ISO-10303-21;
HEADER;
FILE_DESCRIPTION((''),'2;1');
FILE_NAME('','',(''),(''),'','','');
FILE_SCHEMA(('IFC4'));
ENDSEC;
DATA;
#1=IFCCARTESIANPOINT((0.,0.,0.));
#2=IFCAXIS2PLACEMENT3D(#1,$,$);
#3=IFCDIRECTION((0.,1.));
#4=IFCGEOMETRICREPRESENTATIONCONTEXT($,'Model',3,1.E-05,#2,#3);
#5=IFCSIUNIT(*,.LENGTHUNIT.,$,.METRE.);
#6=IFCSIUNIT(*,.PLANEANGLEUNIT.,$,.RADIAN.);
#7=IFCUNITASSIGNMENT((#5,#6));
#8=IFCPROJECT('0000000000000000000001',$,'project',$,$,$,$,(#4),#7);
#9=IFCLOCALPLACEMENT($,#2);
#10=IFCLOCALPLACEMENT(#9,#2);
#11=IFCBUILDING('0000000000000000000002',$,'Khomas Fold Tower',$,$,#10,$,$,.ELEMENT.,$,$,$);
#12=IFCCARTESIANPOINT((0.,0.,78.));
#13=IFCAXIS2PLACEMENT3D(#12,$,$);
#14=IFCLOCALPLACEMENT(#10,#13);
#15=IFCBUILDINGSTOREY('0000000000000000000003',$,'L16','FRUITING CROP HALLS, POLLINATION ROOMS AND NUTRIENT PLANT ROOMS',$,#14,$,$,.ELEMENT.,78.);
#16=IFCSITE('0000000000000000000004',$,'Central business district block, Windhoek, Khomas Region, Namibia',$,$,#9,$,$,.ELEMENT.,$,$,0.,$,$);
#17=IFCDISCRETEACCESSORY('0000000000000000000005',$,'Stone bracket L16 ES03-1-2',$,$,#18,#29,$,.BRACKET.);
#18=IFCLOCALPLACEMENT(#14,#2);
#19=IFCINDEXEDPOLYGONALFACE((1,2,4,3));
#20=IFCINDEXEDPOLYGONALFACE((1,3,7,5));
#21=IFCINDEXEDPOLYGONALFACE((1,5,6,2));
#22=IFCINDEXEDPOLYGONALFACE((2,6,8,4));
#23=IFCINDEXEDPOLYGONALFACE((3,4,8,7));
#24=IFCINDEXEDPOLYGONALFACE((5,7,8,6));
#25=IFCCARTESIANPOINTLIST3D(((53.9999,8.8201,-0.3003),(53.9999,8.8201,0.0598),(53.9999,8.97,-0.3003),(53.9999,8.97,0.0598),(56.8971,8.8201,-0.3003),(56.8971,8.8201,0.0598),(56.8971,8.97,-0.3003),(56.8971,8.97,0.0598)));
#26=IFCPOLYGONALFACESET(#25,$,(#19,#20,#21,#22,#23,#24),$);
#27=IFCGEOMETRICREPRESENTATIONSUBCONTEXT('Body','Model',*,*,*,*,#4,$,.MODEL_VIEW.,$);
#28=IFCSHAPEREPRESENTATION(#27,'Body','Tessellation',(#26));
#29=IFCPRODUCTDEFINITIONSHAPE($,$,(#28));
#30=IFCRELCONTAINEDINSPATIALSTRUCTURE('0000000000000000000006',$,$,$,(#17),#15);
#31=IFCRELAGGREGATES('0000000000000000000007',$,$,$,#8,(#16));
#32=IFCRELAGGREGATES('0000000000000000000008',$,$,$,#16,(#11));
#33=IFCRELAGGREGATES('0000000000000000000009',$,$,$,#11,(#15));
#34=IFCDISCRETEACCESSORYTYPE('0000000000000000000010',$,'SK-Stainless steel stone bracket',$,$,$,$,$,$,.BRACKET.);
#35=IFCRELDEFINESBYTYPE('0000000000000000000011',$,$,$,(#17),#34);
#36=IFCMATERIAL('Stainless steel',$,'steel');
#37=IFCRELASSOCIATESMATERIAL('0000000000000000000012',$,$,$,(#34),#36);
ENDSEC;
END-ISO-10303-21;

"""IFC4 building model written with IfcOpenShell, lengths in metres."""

from ifc_helpers import new_model, si_unit, direction, frame, origin, origin_2d, place, context, subcontext, project, spatial, rectangle, extrude, source, transform, mapped, material, type_object, element, save


model = new_model("IFC4")

# Units and contexts
model_context = context("Model", 3, precision=1e-05, world=origin(), true_north=direction((0.0, 1.0)))
body_context = subcontext(model_context, "Body", "Model", "MODEL_VIEW")
ifc_project = project(units=[si_unit("LENGTHUNIT", "METRE"), si_unit("PLANEANGLEUNIT", "RADIAN")], contexts=[model_context])

# Site, building, storey
site_placement = place(None, origin())
site = spatial("IfcSite", under=ifc_project, at=site_placement, Name="Central business district block, Windhoek, Khomas Region, Namibia", CompositionType="ELEMENT", RefElevation=0.0)
building_placement = place(site_placement, origin())
building = spatial("IfcBuilding", under=site, at=building_placement, Name="Khomas Fold Tower", CompositionType="ELEMENT")
storey_placement = place(building_placement, frame((0.0, 0.0, 78.0)))
storey = spatial("IfcBuildingStorey", under=building, at=storey_placement, Name="L16", Description="FRUITING CROP HALLS, POLLINATION ROOMS AND NUTRIENT PLANT ROOMS", CompositionType="ELEMENT", Elevation=78.0)

# Discrete accessory
ifc_material_1 = material(Name="Stainless steel", Category="steel")
discrete_accessory_type = type_object("IfcDiscreteAccessoryType", Name="SK-Stainless steel stone bracket", PredefinedType="BRACKET", material=ifc_material_1)
shared_shape_1 = source(origin(), body_context, "Body", "SweptSolid", [
    extrude(rectangle(XDim=2.8972, YDim=0.1499, at=origin_2d()), origin(), (0.0, 0.0, 1.0), 0.3601),
])
discrete_accessory_placement = place(storey_placement, frame((55.4485, 8.895, -0.3003), z_axis=(0.0, 0.0, 1.0), x_axis=(1.0, 0.0, 0.0)))
element("IfcDiscreteAccessory", 1, at=discrete_accessory_placement, inside=storey, type_object=discrete_accessory_type, Name="Stone bracket L16 ES03-1-2", PredefinedType="BRACKET", context=body_context, shape_type="MappedRepresentation", body=[
    mapped(shared_shape_1, transform((0.0, 0.0, 0.0))),
])

save(model, "model.ifc")
